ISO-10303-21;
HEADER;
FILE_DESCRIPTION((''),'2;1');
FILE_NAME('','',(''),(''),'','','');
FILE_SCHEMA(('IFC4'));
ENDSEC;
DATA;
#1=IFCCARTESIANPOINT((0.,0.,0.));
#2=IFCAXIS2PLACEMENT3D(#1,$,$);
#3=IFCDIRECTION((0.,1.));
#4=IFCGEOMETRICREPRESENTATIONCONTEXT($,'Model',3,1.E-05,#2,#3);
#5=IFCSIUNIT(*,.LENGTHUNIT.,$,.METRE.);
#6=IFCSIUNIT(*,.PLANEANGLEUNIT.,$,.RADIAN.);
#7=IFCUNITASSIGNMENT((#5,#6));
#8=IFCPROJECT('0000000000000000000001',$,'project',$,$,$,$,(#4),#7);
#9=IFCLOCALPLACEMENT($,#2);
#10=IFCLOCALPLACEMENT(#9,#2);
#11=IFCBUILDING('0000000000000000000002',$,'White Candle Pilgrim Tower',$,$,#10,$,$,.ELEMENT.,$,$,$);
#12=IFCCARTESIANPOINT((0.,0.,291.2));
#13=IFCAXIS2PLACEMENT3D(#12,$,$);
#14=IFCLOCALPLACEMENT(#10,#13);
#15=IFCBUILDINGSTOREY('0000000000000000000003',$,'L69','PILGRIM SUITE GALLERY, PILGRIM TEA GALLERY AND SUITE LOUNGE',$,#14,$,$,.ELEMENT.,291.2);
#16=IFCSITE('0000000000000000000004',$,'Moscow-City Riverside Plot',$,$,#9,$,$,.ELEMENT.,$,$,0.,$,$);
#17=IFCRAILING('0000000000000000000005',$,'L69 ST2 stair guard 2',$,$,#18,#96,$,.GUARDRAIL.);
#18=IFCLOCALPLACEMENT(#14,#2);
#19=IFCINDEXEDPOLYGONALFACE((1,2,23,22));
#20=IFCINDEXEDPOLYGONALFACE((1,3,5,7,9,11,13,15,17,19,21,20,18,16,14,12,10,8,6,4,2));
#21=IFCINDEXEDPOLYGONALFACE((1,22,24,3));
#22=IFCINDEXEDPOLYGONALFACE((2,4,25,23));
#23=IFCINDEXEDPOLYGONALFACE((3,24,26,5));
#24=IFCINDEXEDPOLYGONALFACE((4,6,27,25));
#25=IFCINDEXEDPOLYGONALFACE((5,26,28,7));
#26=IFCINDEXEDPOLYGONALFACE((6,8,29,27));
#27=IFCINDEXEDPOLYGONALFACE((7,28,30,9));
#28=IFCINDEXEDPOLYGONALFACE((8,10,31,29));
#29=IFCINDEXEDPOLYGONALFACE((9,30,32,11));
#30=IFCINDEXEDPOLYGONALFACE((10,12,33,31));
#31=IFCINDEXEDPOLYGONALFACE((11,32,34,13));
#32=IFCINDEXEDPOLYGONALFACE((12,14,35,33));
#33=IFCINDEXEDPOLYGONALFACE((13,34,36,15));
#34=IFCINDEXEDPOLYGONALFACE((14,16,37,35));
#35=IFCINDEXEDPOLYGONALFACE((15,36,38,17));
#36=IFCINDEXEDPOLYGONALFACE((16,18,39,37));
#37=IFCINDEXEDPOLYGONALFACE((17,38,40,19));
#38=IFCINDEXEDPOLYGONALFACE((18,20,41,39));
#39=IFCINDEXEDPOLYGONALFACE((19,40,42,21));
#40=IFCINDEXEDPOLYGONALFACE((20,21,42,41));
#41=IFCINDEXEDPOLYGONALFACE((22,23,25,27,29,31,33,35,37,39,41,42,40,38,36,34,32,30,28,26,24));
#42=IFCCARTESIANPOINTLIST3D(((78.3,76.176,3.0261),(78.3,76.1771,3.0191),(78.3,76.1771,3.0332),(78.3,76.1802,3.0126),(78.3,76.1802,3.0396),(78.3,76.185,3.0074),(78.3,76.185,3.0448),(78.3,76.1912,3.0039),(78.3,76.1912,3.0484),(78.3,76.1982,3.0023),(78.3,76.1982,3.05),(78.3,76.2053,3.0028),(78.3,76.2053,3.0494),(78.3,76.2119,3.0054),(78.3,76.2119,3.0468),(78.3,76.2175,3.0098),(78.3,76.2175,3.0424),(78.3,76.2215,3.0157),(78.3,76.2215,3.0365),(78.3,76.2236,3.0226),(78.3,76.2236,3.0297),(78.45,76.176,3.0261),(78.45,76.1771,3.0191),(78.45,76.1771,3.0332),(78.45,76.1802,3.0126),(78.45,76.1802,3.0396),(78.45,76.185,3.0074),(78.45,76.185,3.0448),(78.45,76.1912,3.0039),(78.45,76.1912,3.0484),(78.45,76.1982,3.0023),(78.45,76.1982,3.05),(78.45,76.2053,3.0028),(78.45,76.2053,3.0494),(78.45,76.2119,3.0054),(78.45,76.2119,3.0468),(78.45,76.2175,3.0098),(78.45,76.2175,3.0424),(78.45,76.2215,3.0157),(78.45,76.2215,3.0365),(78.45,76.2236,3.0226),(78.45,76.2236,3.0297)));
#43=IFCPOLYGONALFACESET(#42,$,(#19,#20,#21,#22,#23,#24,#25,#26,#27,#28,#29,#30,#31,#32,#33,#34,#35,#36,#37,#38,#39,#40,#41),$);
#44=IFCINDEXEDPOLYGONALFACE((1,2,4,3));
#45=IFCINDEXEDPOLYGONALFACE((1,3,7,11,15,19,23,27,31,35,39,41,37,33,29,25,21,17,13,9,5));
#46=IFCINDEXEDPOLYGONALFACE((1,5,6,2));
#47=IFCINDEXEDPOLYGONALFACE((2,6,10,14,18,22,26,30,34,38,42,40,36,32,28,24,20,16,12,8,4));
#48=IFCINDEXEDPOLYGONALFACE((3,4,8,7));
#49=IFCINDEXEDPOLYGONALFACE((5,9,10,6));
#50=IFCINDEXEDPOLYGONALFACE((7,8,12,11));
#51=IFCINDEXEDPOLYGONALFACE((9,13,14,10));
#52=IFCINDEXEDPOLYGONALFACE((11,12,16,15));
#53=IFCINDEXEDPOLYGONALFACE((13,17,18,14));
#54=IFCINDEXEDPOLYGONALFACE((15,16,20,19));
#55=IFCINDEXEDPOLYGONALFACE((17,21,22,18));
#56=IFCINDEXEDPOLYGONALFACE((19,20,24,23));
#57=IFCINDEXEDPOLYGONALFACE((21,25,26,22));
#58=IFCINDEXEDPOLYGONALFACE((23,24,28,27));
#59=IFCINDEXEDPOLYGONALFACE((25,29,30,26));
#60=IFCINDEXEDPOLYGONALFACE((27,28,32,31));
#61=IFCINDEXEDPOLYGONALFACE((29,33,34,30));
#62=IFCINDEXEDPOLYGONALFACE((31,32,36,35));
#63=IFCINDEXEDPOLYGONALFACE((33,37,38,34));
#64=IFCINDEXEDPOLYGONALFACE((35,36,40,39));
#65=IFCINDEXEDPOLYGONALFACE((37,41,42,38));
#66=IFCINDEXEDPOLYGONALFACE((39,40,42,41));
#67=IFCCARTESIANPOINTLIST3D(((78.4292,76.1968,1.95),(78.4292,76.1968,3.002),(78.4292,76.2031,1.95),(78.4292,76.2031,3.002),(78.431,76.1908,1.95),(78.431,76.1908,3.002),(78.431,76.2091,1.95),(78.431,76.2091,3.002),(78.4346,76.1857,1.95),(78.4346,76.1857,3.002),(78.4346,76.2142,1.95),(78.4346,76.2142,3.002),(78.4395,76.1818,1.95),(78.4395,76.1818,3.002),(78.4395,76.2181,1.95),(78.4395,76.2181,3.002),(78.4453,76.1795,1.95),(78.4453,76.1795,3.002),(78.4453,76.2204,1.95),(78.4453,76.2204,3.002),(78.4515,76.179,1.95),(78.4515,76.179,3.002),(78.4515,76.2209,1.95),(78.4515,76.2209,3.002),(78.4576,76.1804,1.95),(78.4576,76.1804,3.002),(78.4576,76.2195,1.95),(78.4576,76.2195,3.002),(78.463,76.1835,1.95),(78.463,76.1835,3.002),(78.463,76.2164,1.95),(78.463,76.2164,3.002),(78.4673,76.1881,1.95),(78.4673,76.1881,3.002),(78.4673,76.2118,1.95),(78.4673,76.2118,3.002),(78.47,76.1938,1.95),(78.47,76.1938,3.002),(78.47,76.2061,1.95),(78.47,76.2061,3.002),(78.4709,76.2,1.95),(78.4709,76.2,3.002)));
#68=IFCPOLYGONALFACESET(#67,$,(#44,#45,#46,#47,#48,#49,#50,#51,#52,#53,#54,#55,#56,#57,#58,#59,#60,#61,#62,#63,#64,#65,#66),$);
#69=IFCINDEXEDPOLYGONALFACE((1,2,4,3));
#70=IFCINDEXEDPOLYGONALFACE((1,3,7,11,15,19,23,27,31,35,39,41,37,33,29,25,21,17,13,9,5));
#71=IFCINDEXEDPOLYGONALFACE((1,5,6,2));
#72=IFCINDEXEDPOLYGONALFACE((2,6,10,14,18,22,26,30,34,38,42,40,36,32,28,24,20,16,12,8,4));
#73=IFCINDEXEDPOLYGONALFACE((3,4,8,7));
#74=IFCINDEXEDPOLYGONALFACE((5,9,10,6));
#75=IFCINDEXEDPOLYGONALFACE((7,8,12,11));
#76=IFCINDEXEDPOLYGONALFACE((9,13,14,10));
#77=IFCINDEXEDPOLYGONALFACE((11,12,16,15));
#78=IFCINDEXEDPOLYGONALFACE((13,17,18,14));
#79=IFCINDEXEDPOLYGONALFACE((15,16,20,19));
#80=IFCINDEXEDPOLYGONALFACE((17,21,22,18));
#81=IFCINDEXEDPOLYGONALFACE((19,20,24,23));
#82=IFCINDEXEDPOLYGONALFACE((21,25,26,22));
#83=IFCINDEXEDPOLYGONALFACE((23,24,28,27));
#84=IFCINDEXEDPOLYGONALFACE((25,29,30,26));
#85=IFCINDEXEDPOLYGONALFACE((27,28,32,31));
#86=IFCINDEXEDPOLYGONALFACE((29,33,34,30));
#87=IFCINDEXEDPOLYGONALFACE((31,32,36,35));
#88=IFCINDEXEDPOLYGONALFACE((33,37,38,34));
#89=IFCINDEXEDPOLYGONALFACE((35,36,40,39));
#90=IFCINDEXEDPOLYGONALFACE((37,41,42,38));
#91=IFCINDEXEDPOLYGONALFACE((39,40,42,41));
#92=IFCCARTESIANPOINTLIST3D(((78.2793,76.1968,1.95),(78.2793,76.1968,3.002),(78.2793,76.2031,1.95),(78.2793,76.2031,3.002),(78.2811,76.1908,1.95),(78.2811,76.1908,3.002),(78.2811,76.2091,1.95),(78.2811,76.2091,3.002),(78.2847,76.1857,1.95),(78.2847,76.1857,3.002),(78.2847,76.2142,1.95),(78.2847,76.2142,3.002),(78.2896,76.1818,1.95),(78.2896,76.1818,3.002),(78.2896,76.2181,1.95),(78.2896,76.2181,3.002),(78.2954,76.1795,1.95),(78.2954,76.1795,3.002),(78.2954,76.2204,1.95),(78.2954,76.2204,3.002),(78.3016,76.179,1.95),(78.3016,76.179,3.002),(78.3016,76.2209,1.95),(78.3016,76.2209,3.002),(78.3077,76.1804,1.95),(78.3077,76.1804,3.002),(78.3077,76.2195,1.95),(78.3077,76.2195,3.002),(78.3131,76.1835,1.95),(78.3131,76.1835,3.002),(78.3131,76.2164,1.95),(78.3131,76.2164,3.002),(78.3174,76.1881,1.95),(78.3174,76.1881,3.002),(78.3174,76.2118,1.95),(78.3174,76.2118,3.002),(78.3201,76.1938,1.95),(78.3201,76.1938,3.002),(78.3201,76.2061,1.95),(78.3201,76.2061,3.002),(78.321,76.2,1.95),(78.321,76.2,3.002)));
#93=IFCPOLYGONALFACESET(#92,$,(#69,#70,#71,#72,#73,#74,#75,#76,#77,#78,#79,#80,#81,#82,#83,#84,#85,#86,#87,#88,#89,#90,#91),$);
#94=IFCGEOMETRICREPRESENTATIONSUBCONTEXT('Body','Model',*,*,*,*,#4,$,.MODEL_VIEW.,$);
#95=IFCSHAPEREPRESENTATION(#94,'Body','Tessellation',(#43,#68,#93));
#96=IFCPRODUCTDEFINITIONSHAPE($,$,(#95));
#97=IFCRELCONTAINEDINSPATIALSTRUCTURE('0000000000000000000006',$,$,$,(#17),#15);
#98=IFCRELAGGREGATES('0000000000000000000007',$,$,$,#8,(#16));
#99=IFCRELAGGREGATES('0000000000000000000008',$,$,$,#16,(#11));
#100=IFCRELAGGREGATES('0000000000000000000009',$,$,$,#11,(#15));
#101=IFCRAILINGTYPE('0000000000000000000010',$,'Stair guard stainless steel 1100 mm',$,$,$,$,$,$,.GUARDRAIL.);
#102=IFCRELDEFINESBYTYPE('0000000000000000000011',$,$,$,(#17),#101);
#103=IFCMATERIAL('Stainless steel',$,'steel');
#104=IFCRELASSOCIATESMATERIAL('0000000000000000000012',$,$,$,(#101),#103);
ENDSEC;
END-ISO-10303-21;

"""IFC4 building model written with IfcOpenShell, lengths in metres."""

from ifc_helpers import new_model, si_unit, direction, frame, origin, origin_2d, place, context, subcontext, project, spatial, circle, extrude, material, type_object, element, save


model = new_model("IFC4")

# Units and contexts
model_context = context("Model", 3, precision=1e-05, world=origin(), true_north=direction((0.0, 1.0)))
body_context = subcontext(model_context, "Body", "Model", "MODEL_VIEW")
ifc_project = project(units=[si_unit("LENGTHUNIT", "METRE"), si_unit("PLANEANGLEUNIT", "RADIAN")], contexts=[model_context])

# Site, building, storey
site_placement = place(None, origin())
site = spatial("IfcSite", under=ifc_project, at=site_placement, Name="Moscow-City Riverside Plot", CompositionType="ELEMENT", RefElevation=0.0)
building_placement = place(site_placement, origin())
building = spatial("IfcBuilding", under=site, at=building_placement, Name="White Candle Pilgrim Tower", CompositionType="ELEMENT")
storey_placement = place(building_placement, frame((0.0, 0.0, 291.2)))
storey = spatial("IfcBuildingStorey", under=building, at=storey_placement, Name="L69", Description="PILGRIM SUITE GALLERY, PILGRIM TEA GALLERY AND SUITE LOUNGE", CompositionType="ELEMENT", Elevation=291.2)

# Railing
ifc_material_1 = material(Name="Stainless steel", Category="steel")
railing_type_1 = type_object("IfcRailingType", Name="Stair guard stainless steel 1100 mm", PredefinedType="GUARDRAIL", material=ifc_material_1)
railing_1_placement = place(storey_placement, frame((78.45, 76.2, 1.95)))
element("IfcRailing", 1, at=railing_1_placement, inside=storey, type_object=railing_type_1, Name="L69 ST2 stair guard 2", PredefinedType="GUARDRAIL", context=body_context, shape_type="SweptSolid", body=[
    extrude(circle(Radius=0.0239, at=origin_2d()), frame((0.0, 0.0, 1.0762), z_axis=(-1.0, 0.0, 0.0), x_axis=(0.0, -1.0, 0.0)), (0.0, 0.0, 1.0), 0.1499),
    extrude(circle(Radius=0.021, at=origin_2d()), origin(), (0.0, 0.0, 1.0), 1.052),
    extrude(circle(Radius=0.021, at=origin_2d()), frame((-0.1499, 0.0, 0.0)), (0.0, 0.0, 1.0), 1.052),
])

save(model, "model.ifc")
